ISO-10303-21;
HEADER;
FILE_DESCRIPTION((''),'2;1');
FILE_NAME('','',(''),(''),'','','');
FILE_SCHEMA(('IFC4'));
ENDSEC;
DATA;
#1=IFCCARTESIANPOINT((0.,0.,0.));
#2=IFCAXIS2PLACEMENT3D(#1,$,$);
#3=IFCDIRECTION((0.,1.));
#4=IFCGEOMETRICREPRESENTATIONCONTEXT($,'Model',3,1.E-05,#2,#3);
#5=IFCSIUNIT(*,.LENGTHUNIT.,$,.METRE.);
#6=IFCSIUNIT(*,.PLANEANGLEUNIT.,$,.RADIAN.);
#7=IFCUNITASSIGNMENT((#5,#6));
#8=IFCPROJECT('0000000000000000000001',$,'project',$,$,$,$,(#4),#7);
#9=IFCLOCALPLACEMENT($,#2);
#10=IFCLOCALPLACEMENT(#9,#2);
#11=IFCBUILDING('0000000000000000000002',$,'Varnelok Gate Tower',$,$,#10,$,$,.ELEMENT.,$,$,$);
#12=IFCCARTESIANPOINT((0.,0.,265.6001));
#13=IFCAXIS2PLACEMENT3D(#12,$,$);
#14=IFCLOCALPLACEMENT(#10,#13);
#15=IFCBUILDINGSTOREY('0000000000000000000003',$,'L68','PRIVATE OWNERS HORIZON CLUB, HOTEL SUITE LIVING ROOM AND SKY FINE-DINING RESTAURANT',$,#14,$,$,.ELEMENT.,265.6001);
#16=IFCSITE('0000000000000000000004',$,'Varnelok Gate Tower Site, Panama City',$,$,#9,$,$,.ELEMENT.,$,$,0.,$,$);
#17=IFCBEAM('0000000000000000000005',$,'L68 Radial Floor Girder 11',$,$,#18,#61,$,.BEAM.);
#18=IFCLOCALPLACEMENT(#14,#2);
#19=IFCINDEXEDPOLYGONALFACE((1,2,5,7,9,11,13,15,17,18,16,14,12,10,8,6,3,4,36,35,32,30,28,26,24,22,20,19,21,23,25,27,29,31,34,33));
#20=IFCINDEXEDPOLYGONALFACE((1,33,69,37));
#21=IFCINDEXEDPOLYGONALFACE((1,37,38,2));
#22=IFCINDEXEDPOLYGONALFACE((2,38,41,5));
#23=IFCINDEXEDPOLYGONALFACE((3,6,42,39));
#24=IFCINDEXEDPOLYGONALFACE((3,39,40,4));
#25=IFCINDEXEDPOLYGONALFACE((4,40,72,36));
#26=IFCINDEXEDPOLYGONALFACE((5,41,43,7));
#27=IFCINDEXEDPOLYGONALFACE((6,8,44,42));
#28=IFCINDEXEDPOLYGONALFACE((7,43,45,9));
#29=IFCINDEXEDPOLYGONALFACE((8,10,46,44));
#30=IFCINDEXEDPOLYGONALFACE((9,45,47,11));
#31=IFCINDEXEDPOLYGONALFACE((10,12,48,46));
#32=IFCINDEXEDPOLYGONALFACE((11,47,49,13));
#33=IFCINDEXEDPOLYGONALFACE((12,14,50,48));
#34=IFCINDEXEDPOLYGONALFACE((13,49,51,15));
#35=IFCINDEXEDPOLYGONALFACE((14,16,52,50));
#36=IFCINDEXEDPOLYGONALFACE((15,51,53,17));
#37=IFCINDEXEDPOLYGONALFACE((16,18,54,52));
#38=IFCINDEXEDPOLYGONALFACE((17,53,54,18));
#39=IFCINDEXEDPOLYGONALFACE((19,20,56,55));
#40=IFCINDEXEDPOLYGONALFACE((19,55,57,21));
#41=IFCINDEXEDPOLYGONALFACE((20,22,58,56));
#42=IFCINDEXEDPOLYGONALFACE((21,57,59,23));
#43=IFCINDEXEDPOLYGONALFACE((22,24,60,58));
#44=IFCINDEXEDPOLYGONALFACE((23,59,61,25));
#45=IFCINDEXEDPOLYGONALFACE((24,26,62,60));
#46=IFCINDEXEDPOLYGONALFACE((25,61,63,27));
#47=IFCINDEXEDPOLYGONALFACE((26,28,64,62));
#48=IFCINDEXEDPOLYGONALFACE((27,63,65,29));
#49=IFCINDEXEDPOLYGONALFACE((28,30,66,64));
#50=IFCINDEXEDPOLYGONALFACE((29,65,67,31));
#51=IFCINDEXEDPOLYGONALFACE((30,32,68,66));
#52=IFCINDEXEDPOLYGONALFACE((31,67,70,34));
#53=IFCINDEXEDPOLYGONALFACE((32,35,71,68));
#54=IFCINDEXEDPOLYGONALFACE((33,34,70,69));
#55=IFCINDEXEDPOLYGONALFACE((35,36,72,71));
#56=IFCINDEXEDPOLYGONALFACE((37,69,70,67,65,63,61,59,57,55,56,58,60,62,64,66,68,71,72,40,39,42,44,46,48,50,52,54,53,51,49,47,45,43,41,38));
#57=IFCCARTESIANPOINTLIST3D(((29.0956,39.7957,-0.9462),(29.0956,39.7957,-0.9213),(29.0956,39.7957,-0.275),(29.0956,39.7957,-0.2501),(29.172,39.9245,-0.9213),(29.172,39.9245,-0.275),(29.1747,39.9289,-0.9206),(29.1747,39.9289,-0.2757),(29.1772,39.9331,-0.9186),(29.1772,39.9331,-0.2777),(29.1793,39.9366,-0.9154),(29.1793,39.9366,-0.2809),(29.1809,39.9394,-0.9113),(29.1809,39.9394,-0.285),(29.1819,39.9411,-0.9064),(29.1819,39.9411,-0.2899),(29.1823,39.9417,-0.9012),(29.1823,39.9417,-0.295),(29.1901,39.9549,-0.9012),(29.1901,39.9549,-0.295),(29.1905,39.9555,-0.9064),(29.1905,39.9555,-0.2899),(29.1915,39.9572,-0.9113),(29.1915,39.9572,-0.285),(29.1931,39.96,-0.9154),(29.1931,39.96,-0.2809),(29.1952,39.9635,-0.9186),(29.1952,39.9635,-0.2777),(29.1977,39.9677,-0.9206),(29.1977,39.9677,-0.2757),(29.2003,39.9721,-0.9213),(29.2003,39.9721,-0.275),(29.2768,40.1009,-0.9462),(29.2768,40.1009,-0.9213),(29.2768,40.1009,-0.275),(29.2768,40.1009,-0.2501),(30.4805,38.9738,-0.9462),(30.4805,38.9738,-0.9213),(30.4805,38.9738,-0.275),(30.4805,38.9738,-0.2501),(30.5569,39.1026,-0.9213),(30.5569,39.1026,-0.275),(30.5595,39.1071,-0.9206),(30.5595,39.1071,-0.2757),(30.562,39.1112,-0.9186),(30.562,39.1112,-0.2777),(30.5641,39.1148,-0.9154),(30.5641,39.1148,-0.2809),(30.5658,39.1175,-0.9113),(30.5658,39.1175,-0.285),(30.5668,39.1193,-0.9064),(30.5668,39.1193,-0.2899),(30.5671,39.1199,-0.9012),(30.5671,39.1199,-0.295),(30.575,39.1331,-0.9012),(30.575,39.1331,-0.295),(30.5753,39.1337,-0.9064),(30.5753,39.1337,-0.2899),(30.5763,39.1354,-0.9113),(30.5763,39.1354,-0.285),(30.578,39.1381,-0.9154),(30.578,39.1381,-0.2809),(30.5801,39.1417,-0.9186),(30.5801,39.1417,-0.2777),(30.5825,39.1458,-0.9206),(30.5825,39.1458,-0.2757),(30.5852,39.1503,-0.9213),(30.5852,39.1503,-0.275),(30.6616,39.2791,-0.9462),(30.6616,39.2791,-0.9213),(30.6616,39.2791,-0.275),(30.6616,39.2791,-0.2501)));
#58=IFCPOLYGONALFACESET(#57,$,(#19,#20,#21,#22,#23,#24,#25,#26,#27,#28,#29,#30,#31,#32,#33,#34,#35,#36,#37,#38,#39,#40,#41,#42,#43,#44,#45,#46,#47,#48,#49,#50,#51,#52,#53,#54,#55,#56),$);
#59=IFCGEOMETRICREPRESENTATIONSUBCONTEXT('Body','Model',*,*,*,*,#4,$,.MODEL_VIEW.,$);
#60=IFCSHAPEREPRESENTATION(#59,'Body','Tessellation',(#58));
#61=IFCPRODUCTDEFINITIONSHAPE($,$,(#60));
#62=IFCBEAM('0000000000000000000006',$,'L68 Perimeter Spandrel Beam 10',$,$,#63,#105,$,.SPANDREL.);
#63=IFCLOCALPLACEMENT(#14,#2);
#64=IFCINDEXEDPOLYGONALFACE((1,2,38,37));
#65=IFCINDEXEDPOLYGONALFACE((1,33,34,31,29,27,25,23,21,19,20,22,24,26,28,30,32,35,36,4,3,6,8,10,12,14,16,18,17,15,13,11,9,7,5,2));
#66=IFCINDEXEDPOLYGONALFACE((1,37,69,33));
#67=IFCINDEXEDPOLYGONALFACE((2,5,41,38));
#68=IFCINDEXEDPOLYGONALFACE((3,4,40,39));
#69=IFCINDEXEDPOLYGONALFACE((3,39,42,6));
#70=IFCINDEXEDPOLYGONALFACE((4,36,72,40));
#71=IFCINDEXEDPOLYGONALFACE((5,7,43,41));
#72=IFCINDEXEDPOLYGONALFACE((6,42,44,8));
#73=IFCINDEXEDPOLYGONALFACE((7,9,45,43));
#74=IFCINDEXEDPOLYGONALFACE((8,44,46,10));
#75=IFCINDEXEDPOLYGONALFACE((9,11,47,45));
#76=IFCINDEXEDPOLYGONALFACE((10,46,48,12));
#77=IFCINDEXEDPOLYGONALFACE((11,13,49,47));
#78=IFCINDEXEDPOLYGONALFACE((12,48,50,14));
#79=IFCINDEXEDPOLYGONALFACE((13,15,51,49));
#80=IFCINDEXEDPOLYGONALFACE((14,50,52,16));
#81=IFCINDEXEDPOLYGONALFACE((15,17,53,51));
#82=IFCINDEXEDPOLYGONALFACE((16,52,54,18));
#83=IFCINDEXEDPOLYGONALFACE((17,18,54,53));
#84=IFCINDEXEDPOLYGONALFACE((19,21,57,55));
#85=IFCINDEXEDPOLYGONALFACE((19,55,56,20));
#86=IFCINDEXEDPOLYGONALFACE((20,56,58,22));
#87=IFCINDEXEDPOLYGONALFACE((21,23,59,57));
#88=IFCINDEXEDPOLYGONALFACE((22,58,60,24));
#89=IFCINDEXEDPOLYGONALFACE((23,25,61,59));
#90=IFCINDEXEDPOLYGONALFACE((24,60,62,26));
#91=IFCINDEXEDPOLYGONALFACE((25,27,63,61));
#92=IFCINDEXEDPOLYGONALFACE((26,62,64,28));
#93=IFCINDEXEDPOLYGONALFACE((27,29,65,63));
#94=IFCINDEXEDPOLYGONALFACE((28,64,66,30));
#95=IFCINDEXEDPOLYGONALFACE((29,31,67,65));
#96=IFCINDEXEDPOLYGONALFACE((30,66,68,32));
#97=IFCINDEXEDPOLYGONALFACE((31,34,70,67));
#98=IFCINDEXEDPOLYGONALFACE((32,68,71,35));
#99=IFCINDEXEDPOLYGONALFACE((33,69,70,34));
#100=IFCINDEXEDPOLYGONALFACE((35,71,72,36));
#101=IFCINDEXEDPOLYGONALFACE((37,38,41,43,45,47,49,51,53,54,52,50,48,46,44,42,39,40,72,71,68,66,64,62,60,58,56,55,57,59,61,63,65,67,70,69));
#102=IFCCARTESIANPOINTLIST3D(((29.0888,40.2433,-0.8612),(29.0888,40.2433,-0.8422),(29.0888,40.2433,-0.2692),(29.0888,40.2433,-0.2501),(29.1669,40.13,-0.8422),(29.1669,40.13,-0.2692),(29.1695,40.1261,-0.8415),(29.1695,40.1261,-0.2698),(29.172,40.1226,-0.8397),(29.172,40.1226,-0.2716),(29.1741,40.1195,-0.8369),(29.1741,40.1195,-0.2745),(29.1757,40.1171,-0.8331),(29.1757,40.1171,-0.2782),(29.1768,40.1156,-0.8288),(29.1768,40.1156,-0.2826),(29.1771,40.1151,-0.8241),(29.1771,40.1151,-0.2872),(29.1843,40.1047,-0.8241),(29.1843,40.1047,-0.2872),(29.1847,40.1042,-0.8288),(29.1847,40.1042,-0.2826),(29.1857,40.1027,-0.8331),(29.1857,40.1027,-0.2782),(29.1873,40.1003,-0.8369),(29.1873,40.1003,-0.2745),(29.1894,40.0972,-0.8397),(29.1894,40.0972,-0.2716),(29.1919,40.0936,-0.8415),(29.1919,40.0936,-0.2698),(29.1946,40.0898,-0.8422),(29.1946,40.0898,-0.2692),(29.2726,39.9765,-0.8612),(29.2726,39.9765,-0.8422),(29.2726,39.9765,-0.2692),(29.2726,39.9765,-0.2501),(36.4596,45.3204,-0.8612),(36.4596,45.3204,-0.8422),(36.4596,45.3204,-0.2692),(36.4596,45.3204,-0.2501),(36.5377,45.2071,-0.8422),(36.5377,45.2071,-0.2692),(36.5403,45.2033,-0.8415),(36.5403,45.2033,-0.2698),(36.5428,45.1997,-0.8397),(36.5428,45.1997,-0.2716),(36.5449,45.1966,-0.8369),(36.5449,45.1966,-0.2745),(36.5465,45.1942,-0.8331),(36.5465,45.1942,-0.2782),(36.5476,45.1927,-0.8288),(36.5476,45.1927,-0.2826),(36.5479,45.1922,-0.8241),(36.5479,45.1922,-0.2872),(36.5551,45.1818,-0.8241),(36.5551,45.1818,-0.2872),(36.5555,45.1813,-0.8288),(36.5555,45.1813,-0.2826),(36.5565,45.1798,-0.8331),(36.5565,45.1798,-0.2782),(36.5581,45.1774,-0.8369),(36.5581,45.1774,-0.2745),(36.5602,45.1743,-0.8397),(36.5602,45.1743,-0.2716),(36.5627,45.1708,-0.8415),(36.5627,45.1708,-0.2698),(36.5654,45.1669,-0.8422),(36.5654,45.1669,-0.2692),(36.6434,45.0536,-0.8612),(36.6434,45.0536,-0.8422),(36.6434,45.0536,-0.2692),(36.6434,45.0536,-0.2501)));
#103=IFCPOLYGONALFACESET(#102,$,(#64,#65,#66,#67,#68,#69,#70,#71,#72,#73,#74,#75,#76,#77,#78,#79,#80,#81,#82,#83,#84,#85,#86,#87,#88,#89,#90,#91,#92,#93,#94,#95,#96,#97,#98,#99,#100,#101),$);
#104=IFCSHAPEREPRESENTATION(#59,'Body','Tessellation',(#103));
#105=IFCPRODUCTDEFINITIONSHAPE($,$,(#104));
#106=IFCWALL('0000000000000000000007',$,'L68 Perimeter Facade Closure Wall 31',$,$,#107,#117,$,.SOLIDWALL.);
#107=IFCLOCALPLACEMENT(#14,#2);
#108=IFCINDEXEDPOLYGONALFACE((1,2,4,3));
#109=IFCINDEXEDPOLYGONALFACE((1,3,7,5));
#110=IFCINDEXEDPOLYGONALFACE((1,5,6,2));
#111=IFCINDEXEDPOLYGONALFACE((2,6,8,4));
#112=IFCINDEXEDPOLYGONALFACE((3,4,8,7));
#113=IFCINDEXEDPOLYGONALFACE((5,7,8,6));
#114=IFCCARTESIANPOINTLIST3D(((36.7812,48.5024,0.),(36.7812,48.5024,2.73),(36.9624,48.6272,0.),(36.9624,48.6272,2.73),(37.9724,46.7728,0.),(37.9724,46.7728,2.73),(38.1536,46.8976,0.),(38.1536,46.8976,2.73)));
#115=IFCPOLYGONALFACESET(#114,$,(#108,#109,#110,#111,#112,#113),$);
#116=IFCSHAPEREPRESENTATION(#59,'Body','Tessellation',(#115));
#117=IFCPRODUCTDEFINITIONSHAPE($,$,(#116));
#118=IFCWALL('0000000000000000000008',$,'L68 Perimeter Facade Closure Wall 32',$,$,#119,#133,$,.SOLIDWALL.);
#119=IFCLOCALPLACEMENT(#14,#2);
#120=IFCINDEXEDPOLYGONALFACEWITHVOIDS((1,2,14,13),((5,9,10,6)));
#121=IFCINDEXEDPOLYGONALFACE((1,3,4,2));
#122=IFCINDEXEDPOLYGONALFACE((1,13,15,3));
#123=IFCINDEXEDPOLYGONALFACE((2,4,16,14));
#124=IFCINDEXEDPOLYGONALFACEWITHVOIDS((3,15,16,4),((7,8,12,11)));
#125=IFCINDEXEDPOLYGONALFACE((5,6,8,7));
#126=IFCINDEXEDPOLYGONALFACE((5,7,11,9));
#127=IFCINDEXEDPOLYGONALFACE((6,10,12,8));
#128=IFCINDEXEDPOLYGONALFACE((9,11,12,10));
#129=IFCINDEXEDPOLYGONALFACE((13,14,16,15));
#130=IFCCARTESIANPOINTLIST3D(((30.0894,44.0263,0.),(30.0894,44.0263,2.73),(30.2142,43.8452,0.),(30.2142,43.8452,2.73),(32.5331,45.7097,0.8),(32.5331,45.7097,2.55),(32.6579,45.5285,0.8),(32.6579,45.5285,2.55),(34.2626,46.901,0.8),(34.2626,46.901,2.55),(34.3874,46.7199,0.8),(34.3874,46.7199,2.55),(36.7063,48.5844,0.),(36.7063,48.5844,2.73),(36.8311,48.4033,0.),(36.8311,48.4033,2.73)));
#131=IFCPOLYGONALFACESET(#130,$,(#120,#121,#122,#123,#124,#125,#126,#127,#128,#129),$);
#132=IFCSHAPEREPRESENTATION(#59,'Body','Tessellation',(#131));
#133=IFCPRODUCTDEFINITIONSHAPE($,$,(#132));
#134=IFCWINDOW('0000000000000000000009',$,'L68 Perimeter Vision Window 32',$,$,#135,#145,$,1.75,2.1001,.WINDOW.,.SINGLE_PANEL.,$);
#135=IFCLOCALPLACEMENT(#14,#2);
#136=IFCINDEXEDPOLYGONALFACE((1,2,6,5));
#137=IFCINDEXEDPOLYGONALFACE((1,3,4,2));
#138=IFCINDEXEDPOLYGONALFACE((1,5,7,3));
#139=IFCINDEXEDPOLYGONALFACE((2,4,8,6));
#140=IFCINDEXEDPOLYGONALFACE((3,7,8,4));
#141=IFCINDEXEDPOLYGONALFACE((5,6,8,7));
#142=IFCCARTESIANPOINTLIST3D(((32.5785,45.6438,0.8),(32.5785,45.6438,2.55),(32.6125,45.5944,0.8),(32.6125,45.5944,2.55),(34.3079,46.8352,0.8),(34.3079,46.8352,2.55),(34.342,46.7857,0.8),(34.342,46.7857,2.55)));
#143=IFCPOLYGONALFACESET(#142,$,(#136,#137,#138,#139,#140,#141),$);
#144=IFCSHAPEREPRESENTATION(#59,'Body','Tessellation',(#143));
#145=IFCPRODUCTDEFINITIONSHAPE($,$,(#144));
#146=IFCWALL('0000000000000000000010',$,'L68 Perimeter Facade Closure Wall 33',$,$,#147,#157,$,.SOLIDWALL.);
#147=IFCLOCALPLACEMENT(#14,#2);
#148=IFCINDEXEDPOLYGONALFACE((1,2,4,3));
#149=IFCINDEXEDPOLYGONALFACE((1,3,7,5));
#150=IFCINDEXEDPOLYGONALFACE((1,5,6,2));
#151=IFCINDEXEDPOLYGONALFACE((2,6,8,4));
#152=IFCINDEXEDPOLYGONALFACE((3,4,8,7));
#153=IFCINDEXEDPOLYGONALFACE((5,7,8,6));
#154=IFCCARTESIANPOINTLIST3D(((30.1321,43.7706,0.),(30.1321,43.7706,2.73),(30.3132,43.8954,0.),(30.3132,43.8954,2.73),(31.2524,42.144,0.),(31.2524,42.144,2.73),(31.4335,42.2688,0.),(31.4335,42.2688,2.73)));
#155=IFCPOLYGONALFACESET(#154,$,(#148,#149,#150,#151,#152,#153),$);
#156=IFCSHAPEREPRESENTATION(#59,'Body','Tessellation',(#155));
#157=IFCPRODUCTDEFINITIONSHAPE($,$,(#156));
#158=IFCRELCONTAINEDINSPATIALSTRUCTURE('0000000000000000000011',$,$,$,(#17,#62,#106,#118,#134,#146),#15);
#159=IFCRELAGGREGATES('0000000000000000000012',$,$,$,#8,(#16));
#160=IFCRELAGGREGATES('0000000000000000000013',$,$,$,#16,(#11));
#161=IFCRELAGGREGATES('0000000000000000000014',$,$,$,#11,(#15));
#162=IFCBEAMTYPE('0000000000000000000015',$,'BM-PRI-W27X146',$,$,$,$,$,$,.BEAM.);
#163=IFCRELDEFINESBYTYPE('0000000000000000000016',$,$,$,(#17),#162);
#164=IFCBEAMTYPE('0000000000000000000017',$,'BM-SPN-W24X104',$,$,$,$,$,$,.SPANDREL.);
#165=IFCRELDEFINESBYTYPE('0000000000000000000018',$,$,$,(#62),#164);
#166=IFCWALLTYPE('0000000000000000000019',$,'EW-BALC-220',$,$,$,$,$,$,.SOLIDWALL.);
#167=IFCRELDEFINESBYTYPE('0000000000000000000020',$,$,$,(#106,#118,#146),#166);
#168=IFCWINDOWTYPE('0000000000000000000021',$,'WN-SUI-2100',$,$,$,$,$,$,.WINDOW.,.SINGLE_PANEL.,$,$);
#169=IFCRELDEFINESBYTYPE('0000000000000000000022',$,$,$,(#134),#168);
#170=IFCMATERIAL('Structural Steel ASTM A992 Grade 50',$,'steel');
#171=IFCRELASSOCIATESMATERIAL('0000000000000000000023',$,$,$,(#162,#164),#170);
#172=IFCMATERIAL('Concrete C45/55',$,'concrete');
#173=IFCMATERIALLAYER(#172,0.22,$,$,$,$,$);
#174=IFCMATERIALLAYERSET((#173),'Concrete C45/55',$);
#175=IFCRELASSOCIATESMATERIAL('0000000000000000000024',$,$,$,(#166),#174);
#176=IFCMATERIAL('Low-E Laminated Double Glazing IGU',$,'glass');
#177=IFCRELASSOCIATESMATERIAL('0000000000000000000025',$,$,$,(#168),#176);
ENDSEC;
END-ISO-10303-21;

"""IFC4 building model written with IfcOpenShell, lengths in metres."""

from ifc_helpers import new_model, si_unit, direction, frame, frame_2d, origin, origin_2d, place, context, subcontext, project, spatial, rectangle, i_section, extrude, material, layer, layer_set, material_profile, profile_set, type_object, element, fill, save


model = new_model("IFC4")

# Units and contexts
model_context = context("Model", 3, precision=1e-05, world=origin(), true_north=direction((0.0, 1.0)))
body_context = subcontext(model_context, "Body", "Model", "MODEL_VIEW")
ifc_project = project(units=[si_unit("LENGTHUNIT", "METRE"), si_unit("PLANEANGLEUNIT", "RADIAN")], contexts=[model_context])

# Site, building, storey
site_placement = place(None, origin())
site = spatial("IfcSite", under=ifc_project, at=site_placement, Name="Varnelok Gate Tower Site, Panama City", CompositionType="ELEMENT", RefElevation=0.0)
building_placement = place(site_placement, origin())
building = spatial("IfcBuilding", under=site, at=building_placement, Name="Varnelok Gate Tower", CompositionType="ELEMENT")
storey_placement = place(building_placement, frame((0.0, 0.0, 265.6001)))
storey = spatial("IfcBuildingStorey", under=building, at=storey_placement, Name="L68", Description="PRIVATE OWNERS HORIZON CLUB, HOTEL SUITE LIVING ROOM AND SKY FINE-DINING RESTAURANT", CompositionType="ELEMENT", Elevation=265.6001)

# Shared definitions
ifc_material_1 = material(Name="Structural Steel ASTM A992 Grade 50", Category="steel")

# Beams
ifc_material_profile_1 = material_profile(ifc_material_1, i_section(OverallWidth=0.355, OverallDepth=0.696, WebThickness=0.0154, FlangeThickness=0.0249, FilletRadius=0.02, at=origin_2d()), Name="W27X146")
ifc_profile_set_1 = profile_set([ifc_material_profile_1], Name="Structural Steel ASTM A992 Grade 50")
beam_type_1 = type_object("IfcBeamType", Name="BM-PRI-W27X146", PredefinedType="BEAM", material=ifc_profile_set_1)
beam_1_placement = place(storey_placement, frame((30.571, 39.1265, -0.5981), z_axis=(-0.859971, 0.510343, 0.0), x_axis=(-0.510343, -0.859971, 0.0)))
element("IfcBeam", 1, at=beam_1_placement, inside=storey, type_object=beam_type_1, Name="L68 Radial Floor Girder 11", PredefinedType="BEAM", context=body_context, shape_type="SweptSolid", body=[
    extrude(i_section(OverallWidth=0.355, OverallDepth=0.696, WebThickness=0.0154, FlangeThickness=0.0249, FilletRadius=0.02, at=origin_2d()), origin(), (0.0, 0.0, 1.0), 1.6104),
])
ifc_material_profile_2 = material_profile(ifc_material_1, i_section(OverallWidth=0.324, OverallDepth=0.6111, WebThickness=0.0127, FlangeThickness=0.019, FilletRadius=0.0181, at=origin_2d()), Name="W24X104")
ifc_profile_set_2 = profile_set([ifc_material_profile_2], Name="Structural Steel ASTM A992 Grade 50")
beam_type_2 = type_object("IfcBeamType", Name="BM-SPN-W24X104", PredefinedType="SPANDREL", material=ifc_profile_set_2)
beam_2_placement = place(storey_placement, frame((36.5515, 45.187, -0.5557), z_axis=(-0.823536, -0.567264, 0.0), x_axis=(0.567264, -0.823536, 0.0)))
element("IfcBeam", 2, at=beam_2_placement, inside=storey, type_object=beam_type_2, Name="L68 Perimeter Spandrel Beam 10", PredefinedType="SPANDREL", context=body_context, shape_type="SweptSolid", body=[
    extrude(i_section(OverallWidth=0.324, OverallDepth=0.6111, WebThickness=0.0127, FlangeThickness=0.019, FilletRadius=0.0181, at=origin_2d()), origin(), (0.0, 0.0, 1.0), 8.9502),
])

# Wall
ifc_material_2 = material(Name="Concrete C45/55", Category="concrete")
ifc_layer_1 = layer(ifc_material_2, 0.22)
ifc_layer_set_1 = layer_set([ifc_layer_1], Name="Concrete C45/55")
wall_type_1 = type_object("IfcWallType", Name="EW-BALC-220", PredefinedType="SOLIDWALL", material=ifc_layer_set_1)
wall_1_placement = place(storey_placement, frame((38.063, 46.8352, 0.0), z_axis=(0.0, 0.0, 1.0), x_axis=(-0.567219, 0.823567, 0.0)))
element("IfcWall", 3, at=wall_1_placement, inside=storey, type_object=wall_type_1, Name="L68 Perimeter Facade Closure Wall 31", PredefinedType="SOLIDWALL", context=body_context, shape_type="SweptSolid", body=[
    extrude(rectangle(XDim=2.1001, YDim=0.22, at=frame_2d((1.05, 0.0))), origin(), (0.0, 0.0, 1.0), 2.73),
])

# Wall, opening, window
wall_2_placement = place(storey_placement, frame((36.7688, 48.4939, 0.0), z_axis=(0.0, 0.0, 1.0), x_axis=(-0.823521, -0.567286, 0.0)))
wall_2 = element("IfcWall", 4, at=wall_2_placement, inside=storey, type_object=wall_type_1, Name="L68 Perimeter Facade Closure Wall 32", PredefinedType="SOLIDWALL", context=body_context, shape_type="SweptSolid", body=[
    extrude(rectangle(XDim=8.0349, YDim=0.22, at=frame_2d((4.0176, 0.0))), origin(), (0.0, 0.0, 1.0), 2.73),
])
opening_1_placement = place(wall_2_placement, frame((2.9675, 0.0, 0.8)))
opening_1 = element("IfcOpeningElement", 5, at=opening_1_placement, cuts=wall_2, PredefinedType="OPENING", context=body_context, shape_type="SweptSolid", body=[
    extrude(rectangle(XDim=2.1001, YDim=1.75, at=frame_2d((1.05, 0.875))), frame((0.0, 0.1199, 0.0), z_axis=(0.0, -1.0, 0.0), x_axis=(1.0, 0.0, 0.0)), (0.0, 0.0, 1.0), 0.24),
])
ifc_material_3 = material(Name="Low-E Laminated Double Glazing IGU", Category="glass")
window_type = type_object("IfcWindowType", Name="WN-SUI-2100", PartitioningType="SINGLE_PANEL", PredefinedType="WINDOW", material=ifc_material_3)
window_placement = place(opening_1_placement, origin())
window = element("IfcWindow", 6, at=window_placement, inside=storey, type_object=window_type, Name="L68 Perimeter Vision Window 32", OverallHeight=1.75, OverallWidth=2.1001, PartitioningType="SINGLE_PANEL", PredefinedType="WINDOW", context=body_context, shape_type="SweptSolid", body=[
    extrude(rectangle(XDim=2.1001, YDim=1.75, at=frame_2d((1.05, 0.875))), frame((0.0, 0.03, 0.0), z_axis=(0.0, -1.0, 0.0), x_axis=(1.0, 0.0, 0.0)), (0.0, 0.0, 1.0), 0.0601),
])
fill(opening_1, window)

# Wall
wall_3_placement = place(storey_placement, frame((30.2227, 43.833, 0.0), z_axis=(0.0, 0.0, 1.0), x_axis=(0.567216, -0.823569, 0.0)))
element("IfcWall", 7, at=wall_3_placement, inside=storey, type_object=wall_type_1, Name="L68 Perimeter Facade Closure Wall 33", PredefinedType="SOLIDWALL", context=body_context, shape_type="SweptSolid", body=[
    extrude(rectangle(XDim=1.9751, YDim=0.22, at=frame_2d((0.9875, 0.0))), origin(), (0.0, 0.0, 1.0), 2.73),
])

save(model, "model.ifc")
